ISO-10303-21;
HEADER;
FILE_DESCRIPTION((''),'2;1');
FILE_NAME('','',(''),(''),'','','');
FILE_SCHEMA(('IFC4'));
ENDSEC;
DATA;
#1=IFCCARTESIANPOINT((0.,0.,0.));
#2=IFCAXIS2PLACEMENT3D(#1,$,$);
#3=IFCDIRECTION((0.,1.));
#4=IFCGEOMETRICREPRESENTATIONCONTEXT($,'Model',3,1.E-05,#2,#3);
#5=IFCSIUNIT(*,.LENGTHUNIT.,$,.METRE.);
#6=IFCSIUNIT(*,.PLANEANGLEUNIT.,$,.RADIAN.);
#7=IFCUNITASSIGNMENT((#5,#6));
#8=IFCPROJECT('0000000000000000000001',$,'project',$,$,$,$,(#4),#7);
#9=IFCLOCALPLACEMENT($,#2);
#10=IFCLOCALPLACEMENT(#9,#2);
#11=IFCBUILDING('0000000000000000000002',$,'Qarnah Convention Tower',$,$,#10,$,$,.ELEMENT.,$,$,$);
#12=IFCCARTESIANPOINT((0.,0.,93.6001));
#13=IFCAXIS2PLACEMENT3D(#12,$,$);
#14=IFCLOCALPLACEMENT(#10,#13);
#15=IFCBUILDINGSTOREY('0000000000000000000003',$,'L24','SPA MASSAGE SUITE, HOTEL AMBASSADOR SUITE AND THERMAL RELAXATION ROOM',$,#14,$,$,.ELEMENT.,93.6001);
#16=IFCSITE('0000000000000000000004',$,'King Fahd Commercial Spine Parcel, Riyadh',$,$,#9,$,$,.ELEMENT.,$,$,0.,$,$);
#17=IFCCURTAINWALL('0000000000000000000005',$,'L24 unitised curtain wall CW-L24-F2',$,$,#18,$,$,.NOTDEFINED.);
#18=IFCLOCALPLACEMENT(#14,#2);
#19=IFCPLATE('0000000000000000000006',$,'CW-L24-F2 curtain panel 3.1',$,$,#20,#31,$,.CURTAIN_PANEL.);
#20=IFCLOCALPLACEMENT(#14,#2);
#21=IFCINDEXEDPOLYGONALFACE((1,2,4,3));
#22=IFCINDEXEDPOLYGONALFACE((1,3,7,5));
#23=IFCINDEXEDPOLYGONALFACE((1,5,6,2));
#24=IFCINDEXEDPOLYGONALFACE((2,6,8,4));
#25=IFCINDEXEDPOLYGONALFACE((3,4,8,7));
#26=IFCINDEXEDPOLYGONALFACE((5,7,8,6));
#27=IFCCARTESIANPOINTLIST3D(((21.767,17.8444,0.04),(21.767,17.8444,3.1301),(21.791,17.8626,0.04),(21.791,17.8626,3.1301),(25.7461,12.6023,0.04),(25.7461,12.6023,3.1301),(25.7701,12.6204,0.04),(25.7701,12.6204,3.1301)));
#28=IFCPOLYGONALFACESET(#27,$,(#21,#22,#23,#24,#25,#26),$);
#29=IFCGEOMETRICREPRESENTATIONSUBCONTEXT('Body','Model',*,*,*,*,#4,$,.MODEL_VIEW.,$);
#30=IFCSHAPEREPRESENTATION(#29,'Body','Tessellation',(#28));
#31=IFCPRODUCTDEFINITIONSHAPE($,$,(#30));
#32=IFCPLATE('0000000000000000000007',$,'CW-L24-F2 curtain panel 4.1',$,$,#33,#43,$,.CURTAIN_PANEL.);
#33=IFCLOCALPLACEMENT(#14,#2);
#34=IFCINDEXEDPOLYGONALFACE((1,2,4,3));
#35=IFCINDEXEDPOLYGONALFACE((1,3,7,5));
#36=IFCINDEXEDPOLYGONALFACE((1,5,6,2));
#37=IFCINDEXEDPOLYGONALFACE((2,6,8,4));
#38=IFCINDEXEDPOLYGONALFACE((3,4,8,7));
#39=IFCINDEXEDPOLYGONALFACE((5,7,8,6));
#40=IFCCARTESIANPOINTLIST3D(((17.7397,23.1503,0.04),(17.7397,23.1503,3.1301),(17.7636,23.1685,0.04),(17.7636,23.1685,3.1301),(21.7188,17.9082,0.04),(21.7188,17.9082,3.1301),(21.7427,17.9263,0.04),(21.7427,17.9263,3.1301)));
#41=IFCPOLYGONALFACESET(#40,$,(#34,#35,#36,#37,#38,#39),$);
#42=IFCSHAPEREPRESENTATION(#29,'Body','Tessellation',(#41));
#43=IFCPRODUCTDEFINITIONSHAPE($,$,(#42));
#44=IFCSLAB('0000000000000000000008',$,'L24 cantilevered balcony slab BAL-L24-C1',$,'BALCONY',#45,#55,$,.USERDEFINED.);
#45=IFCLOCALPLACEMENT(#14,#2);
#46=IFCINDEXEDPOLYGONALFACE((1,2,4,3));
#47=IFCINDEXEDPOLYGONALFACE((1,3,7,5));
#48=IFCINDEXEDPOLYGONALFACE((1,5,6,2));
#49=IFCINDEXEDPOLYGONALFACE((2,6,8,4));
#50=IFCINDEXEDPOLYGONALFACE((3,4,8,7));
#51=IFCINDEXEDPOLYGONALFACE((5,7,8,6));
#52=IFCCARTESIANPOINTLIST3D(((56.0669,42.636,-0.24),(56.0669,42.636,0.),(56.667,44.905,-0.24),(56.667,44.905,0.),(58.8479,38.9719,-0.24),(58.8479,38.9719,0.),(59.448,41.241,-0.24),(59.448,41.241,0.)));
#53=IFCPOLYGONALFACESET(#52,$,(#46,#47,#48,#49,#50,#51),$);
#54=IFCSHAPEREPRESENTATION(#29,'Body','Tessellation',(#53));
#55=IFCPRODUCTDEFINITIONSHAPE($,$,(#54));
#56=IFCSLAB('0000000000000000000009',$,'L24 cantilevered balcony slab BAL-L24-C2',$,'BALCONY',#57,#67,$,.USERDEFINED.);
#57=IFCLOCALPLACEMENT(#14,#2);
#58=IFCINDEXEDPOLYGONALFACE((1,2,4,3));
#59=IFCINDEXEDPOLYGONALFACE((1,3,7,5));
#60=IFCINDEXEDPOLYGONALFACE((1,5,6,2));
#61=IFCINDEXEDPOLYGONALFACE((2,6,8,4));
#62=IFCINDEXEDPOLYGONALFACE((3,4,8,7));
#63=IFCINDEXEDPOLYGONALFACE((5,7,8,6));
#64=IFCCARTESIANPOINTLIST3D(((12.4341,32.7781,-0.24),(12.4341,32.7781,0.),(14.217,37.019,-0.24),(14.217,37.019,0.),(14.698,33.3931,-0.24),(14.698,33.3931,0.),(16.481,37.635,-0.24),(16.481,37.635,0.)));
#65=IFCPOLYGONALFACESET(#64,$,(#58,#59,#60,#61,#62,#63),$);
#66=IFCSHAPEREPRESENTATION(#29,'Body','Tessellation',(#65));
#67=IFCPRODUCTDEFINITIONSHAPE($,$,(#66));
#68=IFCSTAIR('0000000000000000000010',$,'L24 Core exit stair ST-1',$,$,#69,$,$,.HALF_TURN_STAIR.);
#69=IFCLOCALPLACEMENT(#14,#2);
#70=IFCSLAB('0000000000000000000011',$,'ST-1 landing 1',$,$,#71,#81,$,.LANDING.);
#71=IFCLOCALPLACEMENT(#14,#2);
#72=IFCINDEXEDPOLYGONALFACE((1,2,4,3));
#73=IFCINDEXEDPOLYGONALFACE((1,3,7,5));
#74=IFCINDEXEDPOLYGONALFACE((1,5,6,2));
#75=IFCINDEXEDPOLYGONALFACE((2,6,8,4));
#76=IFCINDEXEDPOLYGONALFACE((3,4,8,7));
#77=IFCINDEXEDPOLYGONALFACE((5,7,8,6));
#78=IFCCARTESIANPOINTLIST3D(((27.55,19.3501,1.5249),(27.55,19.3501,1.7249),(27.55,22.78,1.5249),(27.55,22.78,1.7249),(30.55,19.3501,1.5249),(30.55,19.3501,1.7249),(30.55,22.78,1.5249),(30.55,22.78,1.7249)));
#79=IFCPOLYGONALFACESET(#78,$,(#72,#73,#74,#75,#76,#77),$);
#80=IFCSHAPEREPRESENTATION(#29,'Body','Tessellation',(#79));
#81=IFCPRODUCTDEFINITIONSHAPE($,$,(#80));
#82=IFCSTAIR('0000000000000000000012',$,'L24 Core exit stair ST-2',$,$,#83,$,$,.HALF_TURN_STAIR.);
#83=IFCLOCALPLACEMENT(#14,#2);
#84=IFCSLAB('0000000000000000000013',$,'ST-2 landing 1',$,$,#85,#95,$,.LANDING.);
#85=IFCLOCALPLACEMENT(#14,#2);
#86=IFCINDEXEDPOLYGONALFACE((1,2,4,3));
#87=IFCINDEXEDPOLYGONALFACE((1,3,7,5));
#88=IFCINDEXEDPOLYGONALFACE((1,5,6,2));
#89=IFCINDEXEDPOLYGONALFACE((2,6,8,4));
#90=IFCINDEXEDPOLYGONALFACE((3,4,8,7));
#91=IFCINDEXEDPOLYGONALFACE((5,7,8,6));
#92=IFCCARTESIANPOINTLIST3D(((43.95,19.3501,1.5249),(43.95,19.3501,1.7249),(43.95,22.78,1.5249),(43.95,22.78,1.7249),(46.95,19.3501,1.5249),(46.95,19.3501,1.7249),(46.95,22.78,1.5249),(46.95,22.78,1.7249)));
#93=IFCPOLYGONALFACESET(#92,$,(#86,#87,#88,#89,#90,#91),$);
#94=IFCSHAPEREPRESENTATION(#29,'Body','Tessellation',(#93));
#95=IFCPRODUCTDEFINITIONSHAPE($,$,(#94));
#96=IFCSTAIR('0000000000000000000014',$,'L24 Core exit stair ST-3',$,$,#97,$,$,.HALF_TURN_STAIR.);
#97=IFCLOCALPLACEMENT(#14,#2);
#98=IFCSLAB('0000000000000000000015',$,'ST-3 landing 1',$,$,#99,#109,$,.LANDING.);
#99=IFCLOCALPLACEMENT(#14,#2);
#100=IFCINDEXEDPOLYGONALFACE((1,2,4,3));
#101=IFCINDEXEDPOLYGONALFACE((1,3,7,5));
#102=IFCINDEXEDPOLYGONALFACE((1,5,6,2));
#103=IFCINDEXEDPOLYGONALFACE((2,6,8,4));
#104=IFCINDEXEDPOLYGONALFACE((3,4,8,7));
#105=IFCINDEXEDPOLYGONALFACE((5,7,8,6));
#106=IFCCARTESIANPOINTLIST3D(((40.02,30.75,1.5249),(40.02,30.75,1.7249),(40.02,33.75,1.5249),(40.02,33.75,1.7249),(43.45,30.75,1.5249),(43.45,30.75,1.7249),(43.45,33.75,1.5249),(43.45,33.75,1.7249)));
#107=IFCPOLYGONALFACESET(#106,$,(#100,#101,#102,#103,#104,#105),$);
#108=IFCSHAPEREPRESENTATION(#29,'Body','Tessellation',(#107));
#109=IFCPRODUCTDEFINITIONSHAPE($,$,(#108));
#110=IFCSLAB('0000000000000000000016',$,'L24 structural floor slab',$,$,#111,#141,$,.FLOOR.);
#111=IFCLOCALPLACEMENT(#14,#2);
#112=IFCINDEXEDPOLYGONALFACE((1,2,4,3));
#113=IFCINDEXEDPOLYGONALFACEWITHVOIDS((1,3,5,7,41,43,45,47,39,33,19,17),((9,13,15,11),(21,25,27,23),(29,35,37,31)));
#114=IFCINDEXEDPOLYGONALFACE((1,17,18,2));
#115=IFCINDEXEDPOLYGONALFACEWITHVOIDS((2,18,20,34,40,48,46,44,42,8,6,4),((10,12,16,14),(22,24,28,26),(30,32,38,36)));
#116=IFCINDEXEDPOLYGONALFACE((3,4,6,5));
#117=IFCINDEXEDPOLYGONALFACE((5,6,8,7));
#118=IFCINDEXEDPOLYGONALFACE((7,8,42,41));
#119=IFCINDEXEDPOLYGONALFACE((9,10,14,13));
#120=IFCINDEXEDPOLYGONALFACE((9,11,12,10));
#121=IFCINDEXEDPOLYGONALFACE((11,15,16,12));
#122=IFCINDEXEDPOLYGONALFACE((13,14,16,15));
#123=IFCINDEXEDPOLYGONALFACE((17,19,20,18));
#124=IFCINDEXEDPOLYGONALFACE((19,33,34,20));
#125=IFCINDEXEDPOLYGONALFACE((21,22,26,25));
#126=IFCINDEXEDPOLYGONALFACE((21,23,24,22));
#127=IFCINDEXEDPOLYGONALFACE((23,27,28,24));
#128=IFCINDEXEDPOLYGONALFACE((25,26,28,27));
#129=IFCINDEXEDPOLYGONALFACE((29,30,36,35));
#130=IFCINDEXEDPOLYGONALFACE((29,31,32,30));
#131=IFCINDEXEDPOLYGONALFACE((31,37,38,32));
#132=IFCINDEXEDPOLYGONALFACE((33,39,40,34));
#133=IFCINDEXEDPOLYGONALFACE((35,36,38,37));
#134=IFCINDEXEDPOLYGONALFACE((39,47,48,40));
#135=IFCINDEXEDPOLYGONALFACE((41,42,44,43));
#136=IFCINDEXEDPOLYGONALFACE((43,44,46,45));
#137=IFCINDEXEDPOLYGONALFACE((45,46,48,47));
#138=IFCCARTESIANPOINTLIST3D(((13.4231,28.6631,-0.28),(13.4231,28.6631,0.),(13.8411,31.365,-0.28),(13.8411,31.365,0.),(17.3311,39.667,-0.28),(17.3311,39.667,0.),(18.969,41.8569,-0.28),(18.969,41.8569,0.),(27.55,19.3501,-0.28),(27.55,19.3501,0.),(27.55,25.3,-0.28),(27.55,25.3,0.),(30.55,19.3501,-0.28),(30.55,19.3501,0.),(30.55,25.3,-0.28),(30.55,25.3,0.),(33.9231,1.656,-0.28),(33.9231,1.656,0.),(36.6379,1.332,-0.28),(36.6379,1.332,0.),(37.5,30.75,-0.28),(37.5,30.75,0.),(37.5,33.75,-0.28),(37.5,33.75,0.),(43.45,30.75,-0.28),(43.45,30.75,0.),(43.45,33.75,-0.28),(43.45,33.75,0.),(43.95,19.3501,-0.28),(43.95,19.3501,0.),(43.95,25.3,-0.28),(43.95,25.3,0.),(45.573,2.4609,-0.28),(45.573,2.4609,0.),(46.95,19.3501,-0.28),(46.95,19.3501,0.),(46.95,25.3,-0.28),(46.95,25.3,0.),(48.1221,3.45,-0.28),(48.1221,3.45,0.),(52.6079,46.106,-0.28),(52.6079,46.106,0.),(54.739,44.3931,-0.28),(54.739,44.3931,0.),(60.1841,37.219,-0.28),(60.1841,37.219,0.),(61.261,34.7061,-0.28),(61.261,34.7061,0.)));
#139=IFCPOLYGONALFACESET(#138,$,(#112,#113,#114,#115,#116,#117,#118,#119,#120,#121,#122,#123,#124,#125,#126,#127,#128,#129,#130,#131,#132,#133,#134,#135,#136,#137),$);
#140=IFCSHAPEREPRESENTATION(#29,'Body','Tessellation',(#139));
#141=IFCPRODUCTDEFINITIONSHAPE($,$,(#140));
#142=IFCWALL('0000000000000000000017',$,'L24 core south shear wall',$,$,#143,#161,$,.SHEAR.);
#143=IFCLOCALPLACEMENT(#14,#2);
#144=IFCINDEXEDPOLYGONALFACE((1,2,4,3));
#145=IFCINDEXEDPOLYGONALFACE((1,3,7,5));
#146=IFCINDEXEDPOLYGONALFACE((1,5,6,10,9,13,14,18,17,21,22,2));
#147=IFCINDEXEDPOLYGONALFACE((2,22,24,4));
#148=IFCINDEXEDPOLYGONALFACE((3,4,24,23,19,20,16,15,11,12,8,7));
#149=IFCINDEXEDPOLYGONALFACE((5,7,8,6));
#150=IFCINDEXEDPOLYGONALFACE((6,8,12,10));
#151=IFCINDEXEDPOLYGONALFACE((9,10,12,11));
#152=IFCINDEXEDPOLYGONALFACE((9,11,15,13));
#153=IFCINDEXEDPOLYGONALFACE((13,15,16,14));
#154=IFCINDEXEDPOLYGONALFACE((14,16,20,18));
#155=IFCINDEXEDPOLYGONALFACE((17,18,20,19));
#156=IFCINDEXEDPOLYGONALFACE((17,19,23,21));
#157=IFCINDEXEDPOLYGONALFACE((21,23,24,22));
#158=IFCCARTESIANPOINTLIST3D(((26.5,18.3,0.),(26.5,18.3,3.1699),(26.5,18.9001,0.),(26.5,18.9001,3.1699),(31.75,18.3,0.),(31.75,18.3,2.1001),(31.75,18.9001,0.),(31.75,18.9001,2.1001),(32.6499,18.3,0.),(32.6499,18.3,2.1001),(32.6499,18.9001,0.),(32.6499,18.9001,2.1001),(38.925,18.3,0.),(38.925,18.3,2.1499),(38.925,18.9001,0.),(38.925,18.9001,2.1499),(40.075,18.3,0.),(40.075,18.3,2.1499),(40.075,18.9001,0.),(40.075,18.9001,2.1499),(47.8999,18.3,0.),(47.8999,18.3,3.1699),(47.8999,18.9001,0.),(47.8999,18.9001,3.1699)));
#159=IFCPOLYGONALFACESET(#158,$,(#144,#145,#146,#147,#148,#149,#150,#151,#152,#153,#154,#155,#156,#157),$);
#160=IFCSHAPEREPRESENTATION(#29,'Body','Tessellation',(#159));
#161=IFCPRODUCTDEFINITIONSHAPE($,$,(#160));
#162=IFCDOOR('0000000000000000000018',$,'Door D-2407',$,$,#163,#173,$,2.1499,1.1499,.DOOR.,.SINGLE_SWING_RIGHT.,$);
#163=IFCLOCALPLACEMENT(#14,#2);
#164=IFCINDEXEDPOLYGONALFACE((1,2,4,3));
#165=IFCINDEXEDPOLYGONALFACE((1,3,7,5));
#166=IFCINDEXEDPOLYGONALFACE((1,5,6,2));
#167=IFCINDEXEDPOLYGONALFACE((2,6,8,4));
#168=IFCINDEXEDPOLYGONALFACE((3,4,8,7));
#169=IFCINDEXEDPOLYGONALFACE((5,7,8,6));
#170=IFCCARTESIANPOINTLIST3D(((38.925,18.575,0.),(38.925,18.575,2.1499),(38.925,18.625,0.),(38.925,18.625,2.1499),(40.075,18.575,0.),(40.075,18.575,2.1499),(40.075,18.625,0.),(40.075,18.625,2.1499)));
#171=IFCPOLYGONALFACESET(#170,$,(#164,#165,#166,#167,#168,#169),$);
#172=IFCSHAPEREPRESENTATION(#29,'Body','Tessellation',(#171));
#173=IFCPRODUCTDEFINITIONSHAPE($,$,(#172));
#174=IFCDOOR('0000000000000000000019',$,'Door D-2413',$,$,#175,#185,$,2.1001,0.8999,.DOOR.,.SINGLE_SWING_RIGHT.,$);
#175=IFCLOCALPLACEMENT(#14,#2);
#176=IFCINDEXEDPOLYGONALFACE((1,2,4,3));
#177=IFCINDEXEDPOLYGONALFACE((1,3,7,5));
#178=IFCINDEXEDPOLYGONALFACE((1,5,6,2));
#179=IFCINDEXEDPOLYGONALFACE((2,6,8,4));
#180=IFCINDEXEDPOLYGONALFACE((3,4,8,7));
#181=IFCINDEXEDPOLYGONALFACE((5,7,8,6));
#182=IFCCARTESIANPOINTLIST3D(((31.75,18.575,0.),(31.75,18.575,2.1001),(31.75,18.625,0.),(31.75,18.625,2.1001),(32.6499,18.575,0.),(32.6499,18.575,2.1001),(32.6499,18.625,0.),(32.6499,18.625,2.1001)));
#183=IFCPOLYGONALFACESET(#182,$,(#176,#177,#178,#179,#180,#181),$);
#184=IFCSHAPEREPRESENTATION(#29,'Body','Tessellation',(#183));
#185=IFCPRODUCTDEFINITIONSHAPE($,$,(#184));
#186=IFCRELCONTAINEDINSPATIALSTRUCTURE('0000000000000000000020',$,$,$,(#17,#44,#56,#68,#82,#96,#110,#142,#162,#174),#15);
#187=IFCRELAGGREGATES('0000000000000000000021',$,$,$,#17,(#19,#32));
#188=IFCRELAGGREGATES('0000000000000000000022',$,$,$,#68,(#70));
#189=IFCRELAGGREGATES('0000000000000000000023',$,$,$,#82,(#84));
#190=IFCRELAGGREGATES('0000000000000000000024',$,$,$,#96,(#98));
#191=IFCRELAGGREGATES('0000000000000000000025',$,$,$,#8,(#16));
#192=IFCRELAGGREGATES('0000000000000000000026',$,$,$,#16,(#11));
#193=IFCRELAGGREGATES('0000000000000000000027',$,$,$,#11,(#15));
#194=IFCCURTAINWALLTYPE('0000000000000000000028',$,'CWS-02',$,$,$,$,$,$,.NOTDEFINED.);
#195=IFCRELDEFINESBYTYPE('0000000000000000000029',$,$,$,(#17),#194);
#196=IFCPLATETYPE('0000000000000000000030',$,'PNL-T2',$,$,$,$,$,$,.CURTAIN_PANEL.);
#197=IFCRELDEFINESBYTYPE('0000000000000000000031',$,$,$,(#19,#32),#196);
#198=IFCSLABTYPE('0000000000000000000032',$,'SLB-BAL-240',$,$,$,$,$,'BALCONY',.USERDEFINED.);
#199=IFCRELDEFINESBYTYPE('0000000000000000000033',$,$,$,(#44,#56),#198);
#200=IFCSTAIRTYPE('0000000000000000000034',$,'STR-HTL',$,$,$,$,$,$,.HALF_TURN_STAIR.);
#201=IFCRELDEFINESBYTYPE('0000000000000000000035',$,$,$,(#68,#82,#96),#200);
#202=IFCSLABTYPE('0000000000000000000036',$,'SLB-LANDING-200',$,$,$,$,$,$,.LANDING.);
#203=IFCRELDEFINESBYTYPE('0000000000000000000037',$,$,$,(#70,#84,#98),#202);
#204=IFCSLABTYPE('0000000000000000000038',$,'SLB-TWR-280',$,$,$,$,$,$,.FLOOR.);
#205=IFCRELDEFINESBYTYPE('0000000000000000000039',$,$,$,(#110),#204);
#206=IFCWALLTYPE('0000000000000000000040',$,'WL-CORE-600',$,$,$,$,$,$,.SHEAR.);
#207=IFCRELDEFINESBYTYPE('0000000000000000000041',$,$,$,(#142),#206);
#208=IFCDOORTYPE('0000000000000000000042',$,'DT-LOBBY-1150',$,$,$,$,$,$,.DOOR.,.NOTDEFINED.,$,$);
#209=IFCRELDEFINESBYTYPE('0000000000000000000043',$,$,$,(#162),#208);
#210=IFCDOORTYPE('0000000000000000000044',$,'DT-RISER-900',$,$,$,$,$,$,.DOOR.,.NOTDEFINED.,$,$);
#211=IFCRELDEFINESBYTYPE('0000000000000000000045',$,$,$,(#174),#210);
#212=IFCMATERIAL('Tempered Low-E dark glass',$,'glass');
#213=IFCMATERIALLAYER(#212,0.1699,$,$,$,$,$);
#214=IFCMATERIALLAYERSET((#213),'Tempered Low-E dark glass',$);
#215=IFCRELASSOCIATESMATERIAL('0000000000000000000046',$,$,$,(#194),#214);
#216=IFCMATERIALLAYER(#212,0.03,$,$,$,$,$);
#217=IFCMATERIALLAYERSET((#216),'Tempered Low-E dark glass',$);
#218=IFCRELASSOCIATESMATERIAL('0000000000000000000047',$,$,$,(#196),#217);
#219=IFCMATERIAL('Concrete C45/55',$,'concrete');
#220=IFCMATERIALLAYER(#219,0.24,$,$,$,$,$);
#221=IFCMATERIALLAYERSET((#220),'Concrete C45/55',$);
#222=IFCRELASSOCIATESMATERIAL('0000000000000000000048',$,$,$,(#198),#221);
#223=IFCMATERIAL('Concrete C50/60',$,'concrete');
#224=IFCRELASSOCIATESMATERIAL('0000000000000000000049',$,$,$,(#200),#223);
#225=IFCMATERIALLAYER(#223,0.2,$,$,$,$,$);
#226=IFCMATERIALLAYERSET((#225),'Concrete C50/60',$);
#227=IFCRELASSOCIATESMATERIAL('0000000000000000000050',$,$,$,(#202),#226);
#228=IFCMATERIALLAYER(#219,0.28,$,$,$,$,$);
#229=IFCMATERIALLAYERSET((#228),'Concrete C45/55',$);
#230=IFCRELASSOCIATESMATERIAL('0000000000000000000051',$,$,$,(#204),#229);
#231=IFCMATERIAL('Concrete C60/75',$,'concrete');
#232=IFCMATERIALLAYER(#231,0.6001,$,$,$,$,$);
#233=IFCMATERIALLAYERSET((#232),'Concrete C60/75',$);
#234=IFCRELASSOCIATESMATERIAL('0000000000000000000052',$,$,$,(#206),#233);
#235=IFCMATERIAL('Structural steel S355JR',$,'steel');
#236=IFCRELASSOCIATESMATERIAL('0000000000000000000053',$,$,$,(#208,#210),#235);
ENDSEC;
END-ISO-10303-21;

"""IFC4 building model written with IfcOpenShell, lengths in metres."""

from ifc_helpers import new_model, si_unit, direction, frame, frame_2d, origin, origin_2d, place, context, subcontext, project, spatial, polyline, rectangle, outline, extrude, material, layer, layer_set, type_object, element, fill, aggregate, save


model = new_model("IFC4")

# Units and contexts
model_context = context("Model", 3, precision=1e-05, world=origin(), true_north=direction((0.0, 1.0)))
body_context = subcontext(model_context, "Body", "Model", "MODEL_VIEW")
ifc_project = project(units=[si_unit("LENGTHUNIT", "METRE"), si_unit("PLANEANGLEUNIT", "RADIAN")], contexts=[model_context])

# Site, building, storey
site_placement = place(None, origin())
site = spatial("IfcSite", under=ifc_project, at=site_placement, Name="King Fahd Commercial Spine Parcel, Riyadh", CompositionType="ELEMENT", RefElevation=0.0)
building_placement = place(site_placement, origin())
building = spatial("IfcBuilding", under=site, at=building_placement, Name="Qarnah Convention Tower", CompositionType="ELEMENT")
storey_placement = place(building_placement, frame((0.0, 0.0, 93.6001)))
storey = spatial("IfcBuildingStorey", under=building, at=storey_placement, Name="L24", Description="SPA MASSAGE SUITE, HOTEL AMBASSADOR SUITE AND THERMAL RELAXATION ROOM", CompositionType="ELEMENT", Elevation=93.6001)

# Shared definitions
ifc_material_1 = material(Name="Concrete C60/75", Category="concrete")

# Shared definitions
ifc_material_2 = material(Name="Structural steel S355JR", Category="steel")

# Curtain wall, plates
ifc_material_3 = material(Name="Tempered Low-E dark glass", Category="glass")
ifc_layer_1 = layer(ifc_material_3, 0.1699)
ifc_layer_set_1 = layer_set([ifc_layer_1], Name="Tempered Low-E dark glass")
curtain_wall_type = type_object("IfcCurtainWallType", Name="CWS-02", PredefinedType="NOTDEFINED", material=ifc_layer_set_1)
curtain_wall_placement = place(storey_placement, origin())
curtain_wall = element("IfcCurtainWall", 1, at=curtain_wall_placement, inside=storey, type_object=curtain_wall_type, Name="L24 unitised curtain wall CW-L24-F2", PredefinedType="NOTDEFINED")
ifc_layer_2 = layer(ifc_material_3, 0.03)
ifc_layer_set_2 = layer_set([ifc_layer_2], Name="Tempered Low-E dark glass")
plate_type = type_object("IfcPlateType", Name="PNL-T2", PredefinedType="CURTAIN_PANEL", material=ifc_layer_set_2)
plate_1_placement = place(storey_placement, frame((23.7686, 15.2324, 0.04), z_axis=(0.0, 0.0, 1.0), x_axis=(-0.604607, 0.796524, 0.0)))
plate_1 = element("IfcPlate", 2, at=plate_1_placement, type_object=plate_type, Name="CW-L24-F2 curtain panel 3.1", PredefinedType="CURTAIN_PANEL", context=body_context, shape_type="SweptSolid", body=[
    extrude(rectangle(XDim=6.5813, YDim=0.03, at=origin_2d()), origin(), (0.0, 0.0, 1.0), 3.0901),
])
plate_2_placement = place(storey_placement, frame((19.7412, 20.5383, 0.04), z_axis=(0.0, 0.0, 1.0), x_axis=(-0.604607, 0.796524, 0.0)))
plate_2 = element("IfcPlate", 3, at=plate_2_placement, type_object=plate_type, Name="CW-L24-F2 curtain panel 4.1", PredefinedType="CURTAIN_PANEL", context=body_context, shape_type="SweptSolid", body=[
    extrude(rectangle(XDim=6.5813, YDim=0.03, at=origin_2d()), origin(), (0.0, 0.0, 1.0), 3.0901),
])
aggregate(curtain_wall, [plate_1, plate_2])

# Slabs
ifc_material_4 = material(Name="Concrete C45/55", Category="concrete")
ifc_layer_3 = layer(ifc_material_4, 0.24)
ifc_layer_set_3 = layer_set([ifc_layer_3], Name="Concrete C45/55")
slab_type_1 = type_object("IfcSlabType", Name="SLB-BAL-240", ElementType="BALCONY", PredefinedType="USERDEFINED", material=ifc_layer_set_3)
slab_1_placement = place(storey_placement, frame((0.0, 0.0, -0.24)))
element("IfcSlab", 4, at=slab_1_placement, inside=storey, type_object=slab_type_1, Name="L24 cantilevered balcony slab BAL-L24-C1", ObjectType="BALCONY", PredefinedType="USERDEFINED", context=body_context, shape_type="SweptSolid", body=[
    extrude(outline(polyline([(56.667, 44.905), (59.448, 41.241), (58.8479, 38.9719), (56.0669, 42.636), (56.667, 44.905)])), origin(), (0.0, 0.0, 1.0), 0.24),
])
slab_2_placement = place(storey_placement, frame((0.0, 0.0, -0.24)))
element("IfcSlab", 5, at=slab_2_placement, inside=storey, type_object=slab_type_1, Name="L24 cantilevered balcony slab BAL-L24-C2", ObjectType="BALCONY", PredefinedType="USERDEFINED", context=body_context, shape_type="SweptSolid", body=[
    extrude(outline(polyline([(12.4341, 32.7781), (14.217, 37.019), (16.481, 37.635), (14.698, 33.3931), (12.4341, 32.7781)])), origin(), (0.0, 0.0, 1.0), 0.24),
])

# Stairs, slabs
ifc_material_5 = material(Name="Concrete C50/60", Category="concrete")
stair_type = type_object("IfcStairType", Name="STR-HTL", PredefinedType="HALF_TURN_STAIR", material=ifc_material_5)
stair_1_placement = place(storey_placement, origin())
stair_1 = element("IfcStair", 6, at=stair_1_placement, inside=storey, type_object=stair_type, Name="L24 Core exit stair ST-1", PredefinedType="HALF_TURN_STAIR")
ifc_layer_4 = layer(ifc_material_5, 0.2)
ifc_layer_set_4 = layer_set([ifc_layer_4], Name="Concrete C50/60")
slab_type_2 = type_object("IfcSlabType", Name="SLB-LANDING-200", PredefinedType="LANDING", material=ifc_layer_set_4)
slab_3_placement = place(storey_placement, frame((0.0, 0.0, 1.5249)))
slab_3 = element("IfcSlab", 7, at=slab_3_placement, type_object=slab_type_2, Name="ST-1 landing 1", PredefinedType="LANDING", context=body_context, shape_type="SweptSolid", body=[
    extrude(outline(polyline([(27.55, 22.78), (27.55, 19.3501), (30.55, 19.3501), (30.55, 22.78), (27.55, 22.78)])), origin(), (0.0, 0.0, 1.0), 0.2),
])
aggregate(stair_1, [slab_3])
stair_2_placement = place(storey_placement, origin())
stair_2 = element("IfcStair", 8, at=stair_2_placement, inside=storey, type_object=stair_type, Name="L24 Core exit stair ST-2", PredefinedType="HALF_TURN_STAIR")
slab_4_placement = place(storey_placement, frame((0.0, 0.0, 1.5249)))
slab_4 = element("IfcSlab", 9, at=slab_4_placement, type_object=slab_type_2, Name="ST-2 landing 1", PredefinedType="LANDING", context=body_context, shape_type="SweptSolid", body=[
    extrude(outline(polyline([(43.95, 22.78), (43.95, 19.3501), (46.95, 19.3501), (46.95, 22.78), (43.95, 22.78)])), origin(), (0.0, 0.0, 1.0), 0.2),
])
aggregate(stair_2, [slab_4])
stair_3_placement = place(storey_placement, origin())
stair_3 = element("IfcStair", 10, at=stair_3_placement, inside=storey, type_object=stair_type, Name="L24 Core exit stair ST-3", PredefinedType="HALF_TURN_STAIR")
slab_5_placement = place(storey_placement, frame((0.0, 0.0, 1.5249)))
slab_5 = element("IfcSlab", 11, at=slab_5_placement, type_object=slab_type_2, Name="ST-3 landing 1", PredefinedType="LANDING", context=body_context, shape_type="SweptSolid", body=[
    extrude(outline(polyline([(40.02, 30.75), (43.45, 30.75), (43.45, 33.75), (40.02, 33.75), (40.02, 30.75)])), origin(), (0.0, 0.0, 1.0), 0.2),
])
aggregate(stair_3, [slab_5])

# Slab
ifc_layer_5 = layer(ifc_material_4, 0.28)
ifc_layer_set_5 = layer_set([ifc_layer_5], Name="Concrete C45/55")
slab_type_3 = type_object("IfcSlabType", Name="SLB-TWR-280", PredefinedType="FLOOR", material=ifc_layer_set_5)
slab_6_placement = place(storey_placement, frame((0.0, 0.0, -0.28)))
element("IfcSlab", 12, at=slab_6_placement, inside=storey, type_object=slab_type_3, Name="L24 structural floor slab", PredefinedType="FLOOR", context=body_context, shape_type="SweptSolid", body=[
    extrude(outline(polyline([(52.6079, 46.106), (18.969, 41.8569), (17.3311, 39.667), (13.8411, 31.365), (13.4231, 28.6631), (33.9231, 1.656), (36.6379, 1.332), (45.573, 2.4609), (48.1221, 3.45), (61.261, 34.7061), (60.1841, 37.219), (54.739, 44.3931), (52.6079, 46.106)]), holes=[polyline([(27.55, 25.3), (27.55, 19.3501), (30.55, 19.3501), (30.55, 25.3), (27.55, 25.3)]), polyline([(43.95, 25.3), (43.95, 19.3501), (46.95, 19.3501), (46.95, 25.3), (43.95, 25.3)]), polyline([(37.5, 30.75), (43.45, 30.75), (43.45, 33.75), (37.5, 33.75), (37.5, 30.75)])]), origin(), (0.0, 0.0, 1.0), 0.28),
])

# Wall, openings, doors
ifc_layer_6 = layer(ifc_material_1, 0.6001)
ifc_layer_set_6 = layer_set([ifc_layer_6], Name="Concrete C60/75")
wall_type_1 = type_object("IfcWallType", Name="WL-CORE-600", PredefinedType="SHEAR", material=ifc_layer_set_6)
wall_1_placement = place(storey_placement, frame((26.5, 18.6001, 0.0), z_axis=(0.0, 0.0, 1.0), x_axis=(1.0, 0.0, 0.0)))
wall_1 = element("IfcWall", 13, at=wall_1_placement, inside=storey, type_object=wall_type_1, Name="L24 core south shear wall", PredefinedType="SHEAR", context=body_context, shape_type="SweptSolid", body=[
    extrude(rectangle(XDim=21.3999, YDim=0.6001, at=frame_2d((10.7, 0.0))), origin(), (0.0, 0.0, 1.0), 3.1699),
])
opening_1_placement = place(wall_1_placement, frame((12.425, 0.0, 0.0)))
opening_1 = element("IfcOpeningElement", 14, at=opening_1_placement, cuts=wall_1, PredefinedType="OPENING", context=body_context, shape_type="SweptSolid", body=[
    extrude(rectangle(XDim=1.1499, YDim=2.1499, at=frame_2d((0.575, 1.075))), frame((0.0, 0.3101, 0.0), z_axis=(0.0, -1.0, 0.0), x_axis=(1.0, 0.0, 0.0)), (0.0, 0.0, 1.0), 0.6201),
])
opening_2_placement = place(wall_1_placement, frame((5.25, 0.0, 0.0)))
opening_2 = element("IfcOpeningElement", 15, at=opening_2_placement, cuts=wall_1, PredefinedType="OPENING", context=body_context, shape_type="SweptSolid", body=[
    extrude(rectangle(XDim=0.8999, YDim=2.1001, at=frame_2d((0.45, 1.05))), frame((0.0, 0.3101, 0.0), z_axis=(0.0, -1.0, 0.0), x_axis=(1.0, 0.0, 0.0)), (0.0, 0.0, 1.0), 0.6201),
])
door_type_1 = type_object("IfcDoorType", Name="DT-LOBBY-1150", OperationType="NOTDEFINED", PredefinedType="DOOR", material=ifc_material_2)
door_1_placement = place(opening_1_placement, origin())
door_1 = element("IfcDoor", 16, at=door_1_placement, inside=storey, type_object=door_type_1, Name="Door D-2407", OperationType="SINGLE_SWING_RIGHT", OverallHeight=2.1499, OverallWidth=1.1499, PredefinedType="DOOR", context=body_context, shape_type="SweptSolid", body=[
    extrude(rectangle(XDim=1.1499, YDim=2.1499, at=frame_2d((0.575, 1.075))), frame((0.0, 0.0249, 0.0), z_axis=(0.0, -1.0, 0.0), x_axis=(1.0, 0.0, 0.0)), (0.0, 0.0, 1.0), 0.05),
])
fill(opening_1, door_1)
door_type_2 = type_object("IfcDoorType", Name="DT-RISER-900", OperationType="NOTDEFINED", PredefinedType="DOOR", material=ifc_material_2)
door_2_placement = place(opening_2_placement, origin())
door_2 = element("IfcDoor", 17, at=door_2_placement, inside=storey, type_object=door_type_2, Name="Door D-2413", OperationType="SINGLE_SWING_RIGHT", OverallHeight=2.1001, OverallWidth=0.8999, PredefinedType="DOOR", context=body_context, shape_type="SweptSolid", body=[
    extrude(rectangle(XDim=0.8999, YDim=2.1001, at=frame_2d((0.45, 1.05))), frame((0.0, 0.0249, 0.0), z_axis=(0.0, -1.0, 0.0), x_axis=(1.0, 0.0, 0.0)), (0.0, 0.0, 1.0), 0.05),
])
fill(opening_2, door_2)

save(model, "model.ifc")
